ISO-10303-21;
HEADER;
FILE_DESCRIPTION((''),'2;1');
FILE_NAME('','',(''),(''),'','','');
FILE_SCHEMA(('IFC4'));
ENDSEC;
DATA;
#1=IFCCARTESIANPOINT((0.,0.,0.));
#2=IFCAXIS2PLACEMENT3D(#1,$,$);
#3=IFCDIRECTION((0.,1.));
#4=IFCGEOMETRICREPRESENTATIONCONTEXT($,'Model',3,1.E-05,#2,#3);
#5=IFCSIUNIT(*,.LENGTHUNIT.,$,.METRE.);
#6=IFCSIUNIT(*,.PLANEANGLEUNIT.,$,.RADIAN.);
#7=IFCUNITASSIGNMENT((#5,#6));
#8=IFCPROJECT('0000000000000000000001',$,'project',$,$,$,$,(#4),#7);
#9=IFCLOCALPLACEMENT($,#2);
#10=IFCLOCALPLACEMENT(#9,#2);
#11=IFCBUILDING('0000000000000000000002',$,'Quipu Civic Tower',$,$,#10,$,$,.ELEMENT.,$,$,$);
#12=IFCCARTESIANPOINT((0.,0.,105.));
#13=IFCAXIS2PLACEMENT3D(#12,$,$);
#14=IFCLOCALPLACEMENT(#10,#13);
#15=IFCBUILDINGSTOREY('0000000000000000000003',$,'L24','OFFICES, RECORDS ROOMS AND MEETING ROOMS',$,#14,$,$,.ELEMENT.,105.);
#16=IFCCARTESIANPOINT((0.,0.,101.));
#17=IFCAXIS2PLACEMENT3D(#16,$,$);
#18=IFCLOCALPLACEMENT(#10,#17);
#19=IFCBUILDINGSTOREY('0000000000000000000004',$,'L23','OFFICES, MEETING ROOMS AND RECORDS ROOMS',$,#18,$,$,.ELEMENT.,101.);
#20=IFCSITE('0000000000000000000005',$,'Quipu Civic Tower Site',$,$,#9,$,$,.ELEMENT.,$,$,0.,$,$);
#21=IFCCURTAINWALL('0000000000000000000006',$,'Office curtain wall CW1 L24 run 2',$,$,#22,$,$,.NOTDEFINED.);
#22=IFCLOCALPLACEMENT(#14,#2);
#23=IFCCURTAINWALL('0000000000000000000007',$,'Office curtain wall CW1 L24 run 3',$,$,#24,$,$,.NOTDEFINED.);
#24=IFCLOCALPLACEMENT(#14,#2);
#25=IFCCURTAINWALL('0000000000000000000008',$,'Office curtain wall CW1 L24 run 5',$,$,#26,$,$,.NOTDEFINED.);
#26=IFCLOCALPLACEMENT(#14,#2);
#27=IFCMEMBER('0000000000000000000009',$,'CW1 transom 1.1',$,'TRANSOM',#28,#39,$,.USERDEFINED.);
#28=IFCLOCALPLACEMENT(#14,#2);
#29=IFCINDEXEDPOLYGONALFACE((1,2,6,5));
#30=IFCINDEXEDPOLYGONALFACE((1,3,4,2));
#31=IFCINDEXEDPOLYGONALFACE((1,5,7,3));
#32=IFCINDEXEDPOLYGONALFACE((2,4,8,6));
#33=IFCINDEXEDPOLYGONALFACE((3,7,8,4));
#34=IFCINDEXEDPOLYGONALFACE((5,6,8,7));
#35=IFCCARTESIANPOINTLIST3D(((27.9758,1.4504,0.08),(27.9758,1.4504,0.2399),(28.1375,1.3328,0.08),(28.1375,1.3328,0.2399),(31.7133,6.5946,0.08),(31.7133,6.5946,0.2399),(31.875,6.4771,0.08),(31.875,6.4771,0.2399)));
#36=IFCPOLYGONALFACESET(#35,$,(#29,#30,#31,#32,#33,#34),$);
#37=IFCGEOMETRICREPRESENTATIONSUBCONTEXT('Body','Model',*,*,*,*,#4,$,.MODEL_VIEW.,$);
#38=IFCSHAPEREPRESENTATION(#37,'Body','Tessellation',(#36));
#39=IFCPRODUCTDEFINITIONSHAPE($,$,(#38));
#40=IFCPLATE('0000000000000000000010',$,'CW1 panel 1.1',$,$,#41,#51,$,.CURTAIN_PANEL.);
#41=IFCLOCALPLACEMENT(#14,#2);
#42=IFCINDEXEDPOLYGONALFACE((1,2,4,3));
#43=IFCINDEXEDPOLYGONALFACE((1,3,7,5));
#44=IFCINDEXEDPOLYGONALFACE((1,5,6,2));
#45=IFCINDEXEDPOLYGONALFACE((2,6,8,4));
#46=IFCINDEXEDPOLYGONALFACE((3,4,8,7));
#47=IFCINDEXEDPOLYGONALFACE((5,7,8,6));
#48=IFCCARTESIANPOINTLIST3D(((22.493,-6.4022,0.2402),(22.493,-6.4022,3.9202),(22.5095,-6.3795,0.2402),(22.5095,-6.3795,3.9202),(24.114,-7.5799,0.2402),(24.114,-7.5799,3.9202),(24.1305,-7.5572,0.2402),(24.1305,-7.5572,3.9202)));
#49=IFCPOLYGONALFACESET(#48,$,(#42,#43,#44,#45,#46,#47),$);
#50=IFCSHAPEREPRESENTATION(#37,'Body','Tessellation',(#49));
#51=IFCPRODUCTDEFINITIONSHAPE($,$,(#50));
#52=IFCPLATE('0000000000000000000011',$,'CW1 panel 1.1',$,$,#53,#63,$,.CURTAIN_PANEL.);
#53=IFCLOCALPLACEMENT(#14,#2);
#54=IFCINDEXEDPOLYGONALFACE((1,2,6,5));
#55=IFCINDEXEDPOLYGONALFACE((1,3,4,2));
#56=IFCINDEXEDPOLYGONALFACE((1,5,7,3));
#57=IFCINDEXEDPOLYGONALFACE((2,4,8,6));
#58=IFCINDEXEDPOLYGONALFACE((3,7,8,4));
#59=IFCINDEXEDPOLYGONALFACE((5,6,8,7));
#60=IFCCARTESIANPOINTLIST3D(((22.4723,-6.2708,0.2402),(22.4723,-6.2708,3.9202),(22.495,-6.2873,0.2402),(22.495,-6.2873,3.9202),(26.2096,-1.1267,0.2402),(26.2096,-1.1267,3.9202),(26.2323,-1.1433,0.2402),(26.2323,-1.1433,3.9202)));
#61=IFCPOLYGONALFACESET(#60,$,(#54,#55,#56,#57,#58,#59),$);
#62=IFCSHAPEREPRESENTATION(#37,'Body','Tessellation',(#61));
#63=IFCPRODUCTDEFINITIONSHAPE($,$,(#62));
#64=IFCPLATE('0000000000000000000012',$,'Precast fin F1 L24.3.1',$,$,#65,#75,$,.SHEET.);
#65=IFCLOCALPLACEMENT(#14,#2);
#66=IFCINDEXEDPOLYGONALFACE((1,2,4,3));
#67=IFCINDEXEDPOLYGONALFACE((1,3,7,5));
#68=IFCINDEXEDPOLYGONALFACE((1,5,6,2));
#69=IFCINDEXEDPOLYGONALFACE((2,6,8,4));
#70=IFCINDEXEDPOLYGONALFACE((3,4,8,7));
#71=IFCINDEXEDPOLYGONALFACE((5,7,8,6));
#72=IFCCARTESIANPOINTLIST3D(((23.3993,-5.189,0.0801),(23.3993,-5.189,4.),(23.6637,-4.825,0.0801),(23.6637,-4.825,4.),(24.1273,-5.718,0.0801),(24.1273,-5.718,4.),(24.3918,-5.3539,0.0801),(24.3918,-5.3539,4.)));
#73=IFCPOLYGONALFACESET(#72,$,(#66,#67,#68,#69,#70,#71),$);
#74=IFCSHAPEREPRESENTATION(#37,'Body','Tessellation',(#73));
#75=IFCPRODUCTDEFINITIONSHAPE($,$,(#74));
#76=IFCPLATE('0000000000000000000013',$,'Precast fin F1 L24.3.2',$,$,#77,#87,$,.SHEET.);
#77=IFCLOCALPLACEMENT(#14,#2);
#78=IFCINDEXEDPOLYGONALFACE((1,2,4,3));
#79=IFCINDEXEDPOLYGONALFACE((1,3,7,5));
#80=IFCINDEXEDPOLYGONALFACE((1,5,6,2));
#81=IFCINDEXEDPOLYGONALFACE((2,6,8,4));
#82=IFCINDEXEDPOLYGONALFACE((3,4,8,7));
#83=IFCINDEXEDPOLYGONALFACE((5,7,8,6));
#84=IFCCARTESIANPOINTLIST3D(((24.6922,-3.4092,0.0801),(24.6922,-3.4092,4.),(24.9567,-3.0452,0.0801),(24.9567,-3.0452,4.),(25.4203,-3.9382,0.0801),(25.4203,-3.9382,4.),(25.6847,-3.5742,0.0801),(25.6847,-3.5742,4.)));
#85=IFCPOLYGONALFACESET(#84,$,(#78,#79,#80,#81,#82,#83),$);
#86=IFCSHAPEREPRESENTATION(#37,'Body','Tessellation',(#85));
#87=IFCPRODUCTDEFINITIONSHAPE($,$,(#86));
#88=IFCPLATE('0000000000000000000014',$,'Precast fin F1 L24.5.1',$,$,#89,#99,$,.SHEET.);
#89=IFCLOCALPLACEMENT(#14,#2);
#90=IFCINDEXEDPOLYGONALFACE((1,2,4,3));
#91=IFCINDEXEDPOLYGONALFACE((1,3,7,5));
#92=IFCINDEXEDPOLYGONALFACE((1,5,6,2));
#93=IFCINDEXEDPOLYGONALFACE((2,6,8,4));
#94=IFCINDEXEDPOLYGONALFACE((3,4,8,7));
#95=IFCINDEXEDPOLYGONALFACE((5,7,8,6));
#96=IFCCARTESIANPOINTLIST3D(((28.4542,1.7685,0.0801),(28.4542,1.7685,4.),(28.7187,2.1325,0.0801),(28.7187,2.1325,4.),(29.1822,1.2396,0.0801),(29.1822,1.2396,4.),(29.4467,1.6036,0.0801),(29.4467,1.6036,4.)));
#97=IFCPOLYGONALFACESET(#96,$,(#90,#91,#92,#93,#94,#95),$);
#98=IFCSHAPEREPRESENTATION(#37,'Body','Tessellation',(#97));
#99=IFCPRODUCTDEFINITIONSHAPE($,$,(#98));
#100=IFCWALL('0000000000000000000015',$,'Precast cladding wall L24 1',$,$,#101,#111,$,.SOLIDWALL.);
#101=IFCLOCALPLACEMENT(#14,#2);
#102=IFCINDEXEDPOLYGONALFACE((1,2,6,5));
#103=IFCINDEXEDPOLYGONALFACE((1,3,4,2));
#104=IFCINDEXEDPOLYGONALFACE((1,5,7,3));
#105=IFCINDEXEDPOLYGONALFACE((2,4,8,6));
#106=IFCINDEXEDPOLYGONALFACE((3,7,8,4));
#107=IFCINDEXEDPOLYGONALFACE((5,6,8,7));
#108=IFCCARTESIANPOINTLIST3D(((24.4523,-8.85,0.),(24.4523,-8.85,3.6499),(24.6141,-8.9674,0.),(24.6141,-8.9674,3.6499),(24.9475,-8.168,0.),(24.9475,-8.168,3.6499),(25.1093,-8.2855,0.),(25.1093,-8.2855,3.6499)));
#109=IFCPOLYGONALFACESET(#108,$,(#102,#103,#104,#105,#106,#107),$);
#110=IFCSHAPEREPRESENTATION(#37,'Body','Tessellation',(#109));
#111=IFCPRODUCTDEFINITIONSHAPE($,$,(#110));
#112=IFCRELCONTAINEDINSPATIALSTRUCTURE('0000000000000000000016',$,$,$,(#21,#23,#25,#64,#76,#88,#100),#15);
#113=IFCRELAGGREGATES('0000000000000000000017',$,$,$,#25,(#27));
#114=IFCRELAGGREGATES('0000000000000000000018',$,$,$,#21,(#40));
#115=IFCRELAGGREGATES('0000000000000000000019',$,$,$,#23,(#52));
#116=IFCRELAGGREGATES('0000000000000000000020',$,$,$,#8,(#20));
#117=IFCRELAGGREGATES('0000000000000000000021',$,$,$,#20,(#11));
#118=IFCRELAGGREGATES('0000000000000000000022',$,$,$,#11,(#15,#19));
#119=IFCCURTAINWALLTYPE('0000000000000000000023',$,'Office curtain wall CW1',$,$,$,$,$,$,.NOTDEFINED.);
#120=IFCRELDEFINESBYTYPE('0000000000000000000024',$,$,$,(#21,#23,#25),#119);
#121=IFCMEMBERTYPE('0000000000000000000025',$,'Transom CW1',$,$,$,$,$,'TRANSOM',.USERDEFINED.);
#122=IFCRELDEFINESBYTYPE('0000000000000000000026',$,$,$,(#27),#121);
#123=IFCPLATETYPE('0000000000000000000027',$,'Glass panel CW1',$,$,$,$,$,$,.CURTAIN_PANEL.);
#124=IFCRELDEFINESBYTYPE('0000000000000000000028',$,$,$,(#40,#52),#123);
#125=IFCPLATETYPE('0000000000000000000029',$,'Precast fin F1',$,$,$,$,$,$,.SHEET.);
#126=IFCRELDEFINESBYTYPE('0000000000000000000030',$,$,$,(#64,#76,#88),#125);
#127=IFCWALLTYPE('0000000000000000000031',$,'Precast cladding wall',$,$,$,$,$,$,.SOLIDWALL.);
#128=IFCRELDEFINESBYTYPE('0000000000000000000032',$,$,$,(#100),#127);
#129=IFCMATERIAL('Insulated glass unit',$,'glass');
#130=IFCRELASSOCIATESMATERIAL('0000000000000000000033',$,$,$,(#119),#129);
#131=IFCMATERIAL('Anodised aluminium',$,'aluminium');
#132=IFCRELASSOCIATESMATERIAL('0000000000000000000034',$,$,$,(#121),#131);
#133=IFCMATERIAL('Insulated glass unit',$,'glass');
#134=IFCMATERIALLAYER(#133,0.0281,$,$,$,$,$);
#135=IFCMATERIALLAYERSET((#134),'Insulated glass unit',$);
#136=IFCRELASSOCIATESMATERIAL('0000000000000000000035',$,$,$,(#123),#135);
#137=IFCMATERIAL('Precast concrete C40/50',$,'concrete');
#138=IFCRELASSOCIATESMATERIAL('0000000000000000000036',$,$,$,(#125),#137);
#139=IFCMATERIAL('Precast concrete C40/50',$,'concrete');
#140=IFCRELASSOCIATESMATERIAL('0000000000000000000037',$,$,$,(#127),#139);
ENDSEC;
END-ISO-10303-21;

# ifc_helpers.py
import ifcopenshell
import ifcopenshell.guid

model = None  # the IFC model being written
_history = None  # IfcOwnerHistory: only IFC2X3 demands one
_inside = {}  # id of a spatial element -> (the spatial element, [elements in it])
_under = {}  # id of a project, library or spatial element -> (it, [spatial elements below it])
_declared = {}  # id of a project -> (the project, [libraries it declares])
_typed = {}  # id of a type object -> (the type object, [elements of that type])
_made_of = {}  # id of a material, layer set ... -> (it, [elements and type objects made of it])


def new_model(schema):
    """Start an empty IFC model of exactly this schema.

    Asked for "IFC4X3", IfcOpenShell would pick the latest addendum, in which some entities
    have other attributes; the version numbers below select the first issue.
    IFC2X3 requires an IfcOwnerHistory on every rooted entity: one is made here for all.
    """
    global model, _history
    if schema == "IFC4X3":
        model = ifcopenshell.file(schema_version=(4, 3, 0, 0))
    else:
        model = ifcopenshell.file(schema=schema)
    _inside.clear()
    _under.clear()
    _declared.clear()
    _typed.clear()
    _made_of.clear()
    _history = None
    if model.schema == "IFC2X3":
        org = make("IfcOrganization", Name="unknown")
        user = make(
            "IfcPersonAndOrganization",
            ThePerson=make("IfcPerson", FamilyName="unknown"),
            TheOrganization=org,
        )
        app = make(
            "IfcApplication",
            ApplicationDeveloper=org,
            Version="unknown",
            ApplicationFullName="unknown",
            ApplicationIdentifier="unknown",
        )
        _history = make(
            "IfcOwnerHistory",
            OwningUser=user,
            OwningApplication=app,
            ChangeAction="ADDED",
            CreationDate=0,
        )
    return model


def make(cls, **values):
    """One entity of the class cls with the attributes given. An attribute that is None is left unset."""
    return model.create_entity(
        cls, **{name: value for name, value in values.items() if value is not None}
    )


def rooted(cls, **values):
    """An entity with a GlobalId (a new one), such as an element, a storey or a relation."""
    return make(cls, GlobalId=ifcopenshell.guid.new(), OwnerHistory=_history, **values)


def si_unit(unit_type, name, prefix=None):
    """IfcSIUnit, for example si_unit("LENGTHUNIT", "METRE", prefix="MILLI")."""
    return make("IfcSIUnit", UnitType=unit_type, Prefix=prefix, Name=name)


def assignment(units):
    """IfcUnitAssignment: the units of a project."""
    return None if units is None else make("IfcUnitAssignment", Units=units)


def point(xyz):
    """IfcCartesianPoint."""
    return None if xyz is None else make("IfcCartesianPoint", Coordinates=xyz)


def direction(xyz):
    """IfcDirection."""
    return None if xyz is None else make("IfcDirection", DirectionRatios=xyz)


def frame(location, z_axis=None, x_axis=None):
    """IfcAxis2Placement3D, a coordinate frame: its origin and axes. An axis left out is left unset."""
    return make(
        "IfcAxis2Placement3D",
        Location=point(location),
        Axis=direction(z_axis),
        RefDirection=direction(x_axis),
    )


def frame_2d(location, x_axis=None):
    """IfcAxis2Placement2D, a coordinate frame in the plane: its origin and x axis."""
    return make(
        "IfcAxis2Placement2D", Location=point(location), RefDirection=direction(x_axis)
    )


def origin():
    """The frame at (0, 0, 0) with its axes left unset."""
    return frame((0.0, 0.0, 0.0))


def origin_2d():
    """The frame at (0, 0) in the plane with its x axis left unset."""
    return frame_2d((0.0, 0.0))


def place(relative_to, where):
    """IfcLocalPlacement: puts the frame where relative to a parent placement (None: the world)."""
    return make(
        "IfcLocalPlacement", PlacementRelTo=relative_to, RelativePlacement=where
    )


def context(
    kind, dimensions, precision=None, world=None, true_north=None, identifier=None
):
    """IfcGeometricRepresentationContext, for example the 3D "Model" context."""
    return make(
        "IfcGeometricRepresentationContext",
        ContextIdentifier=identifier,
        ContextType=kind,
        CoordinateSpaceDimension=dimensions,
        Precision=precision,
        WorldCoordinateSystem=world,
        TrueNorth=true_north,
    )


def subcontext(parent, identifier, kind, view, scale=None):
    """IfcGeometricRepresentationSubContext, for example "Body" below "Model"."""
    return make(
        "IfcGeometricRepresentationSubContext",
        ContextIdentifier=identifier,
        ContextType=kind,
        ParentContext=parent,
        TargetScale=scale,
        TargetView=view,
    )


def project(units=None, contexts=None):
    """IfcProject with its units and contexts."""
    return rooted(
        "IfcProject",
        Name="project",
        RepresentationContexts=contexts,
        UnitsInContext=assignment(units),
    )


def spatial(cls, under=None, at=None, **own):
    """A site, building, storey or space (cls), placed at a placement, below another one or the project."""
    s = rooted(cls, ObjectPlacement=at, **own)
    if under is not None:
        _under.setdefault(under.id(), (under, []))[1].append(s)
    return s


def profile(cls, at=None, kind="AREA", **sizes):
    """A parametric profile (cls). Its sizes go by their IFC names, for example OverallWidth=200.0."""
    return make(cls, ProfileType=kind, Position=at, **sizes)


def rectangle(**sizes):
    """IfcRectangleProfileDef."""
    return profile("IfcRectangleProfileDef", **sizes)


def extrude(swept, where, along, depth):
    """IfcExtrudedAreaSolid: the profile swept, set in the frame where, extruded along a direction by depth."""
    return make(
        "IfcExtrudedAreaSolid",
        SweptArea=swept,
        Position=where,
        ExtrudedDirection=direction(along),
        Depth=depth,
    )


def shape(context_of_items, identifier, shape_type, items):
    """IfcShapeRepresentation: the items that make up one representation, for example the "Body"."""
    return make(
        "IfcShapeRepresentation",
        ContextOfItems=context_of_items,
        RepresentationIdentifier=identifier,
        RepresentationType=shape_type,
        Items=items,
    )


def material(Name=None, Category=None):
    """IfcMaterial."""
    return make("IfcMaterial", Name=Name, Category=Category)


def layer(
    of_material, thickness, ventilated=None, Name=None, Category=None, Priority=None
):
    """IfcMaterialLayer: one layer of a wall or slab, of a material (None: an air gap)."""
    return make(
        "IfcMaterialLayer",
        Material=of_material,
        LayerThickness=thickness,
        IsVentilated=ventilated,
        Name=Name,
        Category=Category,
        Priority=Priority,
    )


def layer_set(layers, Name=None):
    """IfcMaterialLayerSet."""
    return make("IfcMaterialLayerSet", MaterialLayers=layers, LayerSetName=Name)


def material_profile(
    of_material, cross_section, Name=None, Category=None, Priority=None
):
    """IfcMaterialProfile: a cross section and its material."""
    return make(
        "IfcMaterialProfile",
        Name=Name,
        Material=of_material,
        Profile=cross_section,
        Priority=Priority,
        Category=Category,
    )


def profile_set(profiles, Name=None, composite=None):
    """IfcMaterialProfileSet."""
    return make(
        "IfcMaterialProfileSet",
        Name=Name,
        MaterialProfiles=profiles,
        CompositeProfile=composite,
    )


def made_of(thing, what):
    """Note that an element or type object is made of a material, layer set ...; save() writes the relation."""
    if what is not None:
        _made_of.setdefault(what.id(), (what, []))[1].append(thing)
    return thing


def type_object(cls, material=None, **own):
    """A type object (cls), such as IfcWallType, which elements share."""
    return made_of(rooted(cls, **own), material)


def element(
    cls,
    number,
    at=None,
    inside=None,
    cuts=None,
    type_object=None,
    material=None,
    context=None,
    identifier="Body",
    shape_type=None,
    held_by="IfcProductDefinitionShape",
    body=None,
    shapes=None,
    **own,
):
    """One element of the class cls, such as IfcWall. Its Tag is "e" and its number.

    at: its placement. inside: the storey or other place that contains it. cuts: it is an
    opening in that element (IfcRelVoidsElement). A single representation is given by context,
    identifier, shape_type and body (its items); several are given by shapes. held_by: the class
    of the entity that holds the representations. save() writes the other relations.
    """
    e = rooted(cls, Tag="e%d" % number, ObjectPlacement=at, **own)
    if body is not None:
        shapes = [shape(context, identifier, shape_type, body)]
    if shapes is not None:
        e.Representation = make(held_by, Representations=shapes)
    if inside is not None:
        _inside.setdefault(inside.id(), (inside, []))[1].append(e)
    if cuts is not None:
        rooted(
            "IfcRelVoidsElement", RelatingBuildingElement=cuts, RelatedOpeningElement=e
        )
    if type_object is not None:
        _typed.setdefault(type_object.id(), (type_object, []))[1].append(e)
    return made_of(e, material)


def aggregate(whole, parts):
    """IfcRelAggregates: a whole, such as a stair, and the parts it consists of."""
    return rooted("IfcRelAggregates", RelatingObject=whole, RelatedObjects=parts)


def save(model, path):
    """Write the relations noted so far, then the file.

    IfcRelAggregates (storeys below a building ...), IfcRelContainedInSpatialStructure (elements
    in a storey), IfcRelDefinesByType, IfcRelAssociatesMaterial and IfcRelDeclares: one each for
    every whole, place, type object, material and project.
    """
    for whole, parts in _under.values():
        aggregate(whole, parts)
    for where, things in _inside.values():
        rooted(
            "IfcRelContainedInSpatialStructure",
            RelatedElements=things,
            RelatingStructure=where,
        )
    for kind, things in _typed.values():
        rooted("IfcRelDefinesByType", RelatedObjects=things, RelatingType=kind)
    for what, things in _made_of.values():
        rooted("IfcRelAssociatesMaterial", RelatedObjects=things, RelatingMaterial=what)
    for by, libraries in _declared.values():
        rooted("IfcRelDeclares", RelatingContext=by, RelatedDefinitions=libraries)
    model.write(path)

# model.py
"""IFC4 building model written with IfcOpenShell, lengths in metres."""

from ifc_helpers import new_model, si_unit, direction, frame, frame_2d, origin, origin_2d, place, context, subcontext, project, spatial, rectangle, extrude, material, layer, layer_set, material_profile, profile_set, type_object, element, aggregate, save


model = new_model("IFC4")

# Units and contexts
model_context = context("Model", 3, precision=1e-05, world=origin(), true_north=direction((0.0, 1.0)))
body_context = subcontext(model_context, "Body", "Model", "MODEL_VIEW")
ifc_project = project(units=[si_unit("LENGTHUNIT", "METRE"), si_unit("PLANEANGLEUNIT", "RADIAN")], contexts=[model_context])

# Site, building, storey
site_placement = place(None, origin())
site = spatial("IfcSite", under=ifc_project, at=site_placement, Name="Quipu Civic Tower Site", CompositionType="ELEMENT", RefElevation=0.0)
building_placement = place(site_placement, origin())
building = spatial("IfcBuilding", under=site, at=building_placement, Name="Quipu Civic Tower", CompositionType="ELEMENT")
storey_1_placement = place(building_placement, frame((0.0, 0.0, 105.0)))
storey_1 = spatial("IfcBuildingStorey", under=building, at=storey_1_placement, Name="L24", Description="OFFICES, RECORDS ROOMS AND MEETING ROOMS", CompositionType="ELEMENT", Elevation=105.0)

# Curtain walls
ifc_material_1 = material(Name="Insulated glass unit", Category="glass")
curtain_wall_type = type_object("IfcCurtainWallType", Name="Office curtain wall CW1", PredefinedType="NOTDEFINED", material=ifc_material_1)
curtain_wall_1_placement = place(storey_1_placement, origin())
curtain_wall_1 = element("IfcCurtainWall", 1, at=curtain_wall_1_placement, inside=storey_1, type_object=curtain_wall_type, Name="Office curtain wall CW1 L24 run 2", PredefinedType="NOTDEFINED")
curtain_wall_2_placement = place(storey_1_placement, origin())
curtain_wall_2 = element("IfcCurtainWall", 2, at=curtain_wall_2_placement, inside=storey_1, type_object=curtain_wall_type, Name="Office curtain wall CW1 L24 run 3", PredefinedType="NOTDEFINED")
curtain_wall_3_placement = place(storey_1_placement, origin())
curtain_wall_3 = element("IfcCurtainWall", 3, at=curtain_wall_3_placement, inside=storey_1, type_object=curtain_wall_type, Name="Office curtain wall CW1 L24 run 5", PredefinedType="NOTDEFINED")

# Shared definitions
storey_2_placement = place(building_placement, frame((0.0, 0.0, 101.0)))
storey_2 = spatial("IfcBuildingStorey", under=building, at=storey_2_placement, Name="L23", Description="OFFICES, MEETING ROOMS AND RECORDS ROOMS", CompositionType="ELEMENT", Elevation=101.0)

# Shared definitions
ifc_material_2 = material(Name="Anodised aluminium", Category="aluminium")
ifc_material_profile_1 = material_profile(ifc_material_2, rectangle(XDim=0.2, YDim=0.1599, at=origin_2d()), Name="RECT 200x160")
ifc_profile_set_1 = profile_set([ifc_material_profile_1], Name="Anodised aluminium")
member_type_1 = type_object("IfcMemberType", Name="Transom CW1", ElementType="TRANSOM", PredefinedType="USERDEFINED", material=ifc_profile_set_1)

# Member
member_1_placement = place(storey_1_placement, frame((28.0566, 1.3916, 0.1599), z_axis=(0.587786, 0.809017, 0.0), x_axis=(-0.809017, 0.587786, 0.0)))
member_1 = element("IfcMember", 4, at=member_1_placement, type_object=member_type_1, Name="CW1 transom 1.1", ObjectType="TRANSOM", PredefinedType="USERDEFINED", context=body_context, shape_type="SweptSolid", body=[
    extrude(rectangle(XDim=0.2, YDim=0.1599, at=origin_2d()), origin(), (0.0, 0.0, 1.0), 6.3586),
])
aggregate(curtain_wall_3, [member_1])

# Plates
ifc_material_3 = material(Name="Insulated glass unit", Category="glass")
ifc_layer = layer(ifc_material_3, 0.0281)
ifc_layer_set = layer_set([ifc_layer], Name="Insulated glass unit")
plate_type_1 = type_object("IfcPlateType", Name="Glass panel CW1", PredefinedType="CURTAIN_PANEL", material=ifc_layer_set)
plate_1_placement = place(storey_1_placement, frame((23.3118, -6.9797, 0.2402), z_axis=(0.0, 0.0, 1.0), x_axis=(-0.809026, 0.587773, 0.0)))
plate_1 = element("IfcPlate", 5, at=plate_1_placement, type_object=plate_type_1, Name="CW1 panel 1.1", PredefinedType="CURTAIN_PANEL", context=body_context, shape_type="SweptSolid", body=[
    extrude(rectangle(XDim=2.0037, YDim=0.0281, at=origin_2d()), origin(), (0.0, 0.0, 1.0), 3.6799),
])
aggregate(curtain_wall_1, [plate_1])
plate_2_placement = place(storey_1_placement, frame((24.3523, -3.707, 0.2402), z_axis=(0.0, 0.0, 1.0), x_axis=(0.587783, 0.809019, 0.0)))
plate_2 = element("IfcPlate", 6, at=plate_2_placement, type_object=plate_type_1, Name="CW1 panel 1.1", PredefinedType="CURTAIN_PANEL", context=body_context, shape_type="SweptSolid", body=[
    extrude(rectangle(XDim=6.3584, YDim=0.0281, at=origin_2d()), origin(), (0.0, 0.0, 1.0), 3.6799),
])
aggregate(curtain_wall_2, [plate_2])

# Plates
ifc_material_4 = material(Name="Precast concrete C40/50", Category="concrete")
plate_type_2 = type_object("IfcPlateType", Name="Precast fin F1", PredefinedType="SHEET", material=ifc_material_4)
for number, where, z_axis, x_axis, name in (
    (7, (23.8955, -5.2715, 0.0801), (0.0, 0.0, 1.0), (0.587784, 0.809018, 0.0), "Precast fin F1 L24.3.1"),
    (8, (25.1885, -3.4917, 0.0801), (0.0, 0.0, 1.0), (0.587784, 0.809018, 0.0), "Precast fin F1 L24.3.2"),
    (9, (28.9504, 1.686, 0.0801), (0.0, 0.0, 1.0), (0.587784, 0.809018, 0.0), "Precast fin F1 L24.5.1"),
):
    element("IfcPlate", number, at=place(storey_1_placement, frame(where, z_axis=z_axis, x_axis=x_axis)), inside=storey_1, type_object=plate_type_2, Name=name, PredefinedType="SHEET", context=body_context, shape_type="SweptSolid", body=[
        extrude(rectangle(XDim=0.45, YDim=0.8999, at=origin_2d()), origin(), (0.0, 0.0, 1.0), 3.9199),
    ])

# Wall
ifc_material_5 = material(Name="Precast concrete C40/50", Category="concrete")
wall_type_1 = type_object("IfcWallType", Name="Precast cladding wall", PredefinedType="SOLIDWALL", material=ifc_material_5)
wall_1_placement = place(storey_1_placement, frame((24.5332, -8.9087, 0.0), z_axis=(0.0, 0.0, 1.0), x_axis=(0.587551, 0.809187, 0.0)))
element("IfcWall", 10, at=wall_1_placement, inside=storey_1, type_object=wall_type_1, Name="Precast cladding wall L24 1", PredefinedType="SOLIDWALL", context=body_context, shape_type="SweptSolid", body=[
    extrude(rectangle(XDim=0.8428, YDim=0.2, at=frame_2d((0.4214, 0.0))), origin(), (0.0, 0.0, 1.0), 3.6499),
])

save(model, "model.ifc")
